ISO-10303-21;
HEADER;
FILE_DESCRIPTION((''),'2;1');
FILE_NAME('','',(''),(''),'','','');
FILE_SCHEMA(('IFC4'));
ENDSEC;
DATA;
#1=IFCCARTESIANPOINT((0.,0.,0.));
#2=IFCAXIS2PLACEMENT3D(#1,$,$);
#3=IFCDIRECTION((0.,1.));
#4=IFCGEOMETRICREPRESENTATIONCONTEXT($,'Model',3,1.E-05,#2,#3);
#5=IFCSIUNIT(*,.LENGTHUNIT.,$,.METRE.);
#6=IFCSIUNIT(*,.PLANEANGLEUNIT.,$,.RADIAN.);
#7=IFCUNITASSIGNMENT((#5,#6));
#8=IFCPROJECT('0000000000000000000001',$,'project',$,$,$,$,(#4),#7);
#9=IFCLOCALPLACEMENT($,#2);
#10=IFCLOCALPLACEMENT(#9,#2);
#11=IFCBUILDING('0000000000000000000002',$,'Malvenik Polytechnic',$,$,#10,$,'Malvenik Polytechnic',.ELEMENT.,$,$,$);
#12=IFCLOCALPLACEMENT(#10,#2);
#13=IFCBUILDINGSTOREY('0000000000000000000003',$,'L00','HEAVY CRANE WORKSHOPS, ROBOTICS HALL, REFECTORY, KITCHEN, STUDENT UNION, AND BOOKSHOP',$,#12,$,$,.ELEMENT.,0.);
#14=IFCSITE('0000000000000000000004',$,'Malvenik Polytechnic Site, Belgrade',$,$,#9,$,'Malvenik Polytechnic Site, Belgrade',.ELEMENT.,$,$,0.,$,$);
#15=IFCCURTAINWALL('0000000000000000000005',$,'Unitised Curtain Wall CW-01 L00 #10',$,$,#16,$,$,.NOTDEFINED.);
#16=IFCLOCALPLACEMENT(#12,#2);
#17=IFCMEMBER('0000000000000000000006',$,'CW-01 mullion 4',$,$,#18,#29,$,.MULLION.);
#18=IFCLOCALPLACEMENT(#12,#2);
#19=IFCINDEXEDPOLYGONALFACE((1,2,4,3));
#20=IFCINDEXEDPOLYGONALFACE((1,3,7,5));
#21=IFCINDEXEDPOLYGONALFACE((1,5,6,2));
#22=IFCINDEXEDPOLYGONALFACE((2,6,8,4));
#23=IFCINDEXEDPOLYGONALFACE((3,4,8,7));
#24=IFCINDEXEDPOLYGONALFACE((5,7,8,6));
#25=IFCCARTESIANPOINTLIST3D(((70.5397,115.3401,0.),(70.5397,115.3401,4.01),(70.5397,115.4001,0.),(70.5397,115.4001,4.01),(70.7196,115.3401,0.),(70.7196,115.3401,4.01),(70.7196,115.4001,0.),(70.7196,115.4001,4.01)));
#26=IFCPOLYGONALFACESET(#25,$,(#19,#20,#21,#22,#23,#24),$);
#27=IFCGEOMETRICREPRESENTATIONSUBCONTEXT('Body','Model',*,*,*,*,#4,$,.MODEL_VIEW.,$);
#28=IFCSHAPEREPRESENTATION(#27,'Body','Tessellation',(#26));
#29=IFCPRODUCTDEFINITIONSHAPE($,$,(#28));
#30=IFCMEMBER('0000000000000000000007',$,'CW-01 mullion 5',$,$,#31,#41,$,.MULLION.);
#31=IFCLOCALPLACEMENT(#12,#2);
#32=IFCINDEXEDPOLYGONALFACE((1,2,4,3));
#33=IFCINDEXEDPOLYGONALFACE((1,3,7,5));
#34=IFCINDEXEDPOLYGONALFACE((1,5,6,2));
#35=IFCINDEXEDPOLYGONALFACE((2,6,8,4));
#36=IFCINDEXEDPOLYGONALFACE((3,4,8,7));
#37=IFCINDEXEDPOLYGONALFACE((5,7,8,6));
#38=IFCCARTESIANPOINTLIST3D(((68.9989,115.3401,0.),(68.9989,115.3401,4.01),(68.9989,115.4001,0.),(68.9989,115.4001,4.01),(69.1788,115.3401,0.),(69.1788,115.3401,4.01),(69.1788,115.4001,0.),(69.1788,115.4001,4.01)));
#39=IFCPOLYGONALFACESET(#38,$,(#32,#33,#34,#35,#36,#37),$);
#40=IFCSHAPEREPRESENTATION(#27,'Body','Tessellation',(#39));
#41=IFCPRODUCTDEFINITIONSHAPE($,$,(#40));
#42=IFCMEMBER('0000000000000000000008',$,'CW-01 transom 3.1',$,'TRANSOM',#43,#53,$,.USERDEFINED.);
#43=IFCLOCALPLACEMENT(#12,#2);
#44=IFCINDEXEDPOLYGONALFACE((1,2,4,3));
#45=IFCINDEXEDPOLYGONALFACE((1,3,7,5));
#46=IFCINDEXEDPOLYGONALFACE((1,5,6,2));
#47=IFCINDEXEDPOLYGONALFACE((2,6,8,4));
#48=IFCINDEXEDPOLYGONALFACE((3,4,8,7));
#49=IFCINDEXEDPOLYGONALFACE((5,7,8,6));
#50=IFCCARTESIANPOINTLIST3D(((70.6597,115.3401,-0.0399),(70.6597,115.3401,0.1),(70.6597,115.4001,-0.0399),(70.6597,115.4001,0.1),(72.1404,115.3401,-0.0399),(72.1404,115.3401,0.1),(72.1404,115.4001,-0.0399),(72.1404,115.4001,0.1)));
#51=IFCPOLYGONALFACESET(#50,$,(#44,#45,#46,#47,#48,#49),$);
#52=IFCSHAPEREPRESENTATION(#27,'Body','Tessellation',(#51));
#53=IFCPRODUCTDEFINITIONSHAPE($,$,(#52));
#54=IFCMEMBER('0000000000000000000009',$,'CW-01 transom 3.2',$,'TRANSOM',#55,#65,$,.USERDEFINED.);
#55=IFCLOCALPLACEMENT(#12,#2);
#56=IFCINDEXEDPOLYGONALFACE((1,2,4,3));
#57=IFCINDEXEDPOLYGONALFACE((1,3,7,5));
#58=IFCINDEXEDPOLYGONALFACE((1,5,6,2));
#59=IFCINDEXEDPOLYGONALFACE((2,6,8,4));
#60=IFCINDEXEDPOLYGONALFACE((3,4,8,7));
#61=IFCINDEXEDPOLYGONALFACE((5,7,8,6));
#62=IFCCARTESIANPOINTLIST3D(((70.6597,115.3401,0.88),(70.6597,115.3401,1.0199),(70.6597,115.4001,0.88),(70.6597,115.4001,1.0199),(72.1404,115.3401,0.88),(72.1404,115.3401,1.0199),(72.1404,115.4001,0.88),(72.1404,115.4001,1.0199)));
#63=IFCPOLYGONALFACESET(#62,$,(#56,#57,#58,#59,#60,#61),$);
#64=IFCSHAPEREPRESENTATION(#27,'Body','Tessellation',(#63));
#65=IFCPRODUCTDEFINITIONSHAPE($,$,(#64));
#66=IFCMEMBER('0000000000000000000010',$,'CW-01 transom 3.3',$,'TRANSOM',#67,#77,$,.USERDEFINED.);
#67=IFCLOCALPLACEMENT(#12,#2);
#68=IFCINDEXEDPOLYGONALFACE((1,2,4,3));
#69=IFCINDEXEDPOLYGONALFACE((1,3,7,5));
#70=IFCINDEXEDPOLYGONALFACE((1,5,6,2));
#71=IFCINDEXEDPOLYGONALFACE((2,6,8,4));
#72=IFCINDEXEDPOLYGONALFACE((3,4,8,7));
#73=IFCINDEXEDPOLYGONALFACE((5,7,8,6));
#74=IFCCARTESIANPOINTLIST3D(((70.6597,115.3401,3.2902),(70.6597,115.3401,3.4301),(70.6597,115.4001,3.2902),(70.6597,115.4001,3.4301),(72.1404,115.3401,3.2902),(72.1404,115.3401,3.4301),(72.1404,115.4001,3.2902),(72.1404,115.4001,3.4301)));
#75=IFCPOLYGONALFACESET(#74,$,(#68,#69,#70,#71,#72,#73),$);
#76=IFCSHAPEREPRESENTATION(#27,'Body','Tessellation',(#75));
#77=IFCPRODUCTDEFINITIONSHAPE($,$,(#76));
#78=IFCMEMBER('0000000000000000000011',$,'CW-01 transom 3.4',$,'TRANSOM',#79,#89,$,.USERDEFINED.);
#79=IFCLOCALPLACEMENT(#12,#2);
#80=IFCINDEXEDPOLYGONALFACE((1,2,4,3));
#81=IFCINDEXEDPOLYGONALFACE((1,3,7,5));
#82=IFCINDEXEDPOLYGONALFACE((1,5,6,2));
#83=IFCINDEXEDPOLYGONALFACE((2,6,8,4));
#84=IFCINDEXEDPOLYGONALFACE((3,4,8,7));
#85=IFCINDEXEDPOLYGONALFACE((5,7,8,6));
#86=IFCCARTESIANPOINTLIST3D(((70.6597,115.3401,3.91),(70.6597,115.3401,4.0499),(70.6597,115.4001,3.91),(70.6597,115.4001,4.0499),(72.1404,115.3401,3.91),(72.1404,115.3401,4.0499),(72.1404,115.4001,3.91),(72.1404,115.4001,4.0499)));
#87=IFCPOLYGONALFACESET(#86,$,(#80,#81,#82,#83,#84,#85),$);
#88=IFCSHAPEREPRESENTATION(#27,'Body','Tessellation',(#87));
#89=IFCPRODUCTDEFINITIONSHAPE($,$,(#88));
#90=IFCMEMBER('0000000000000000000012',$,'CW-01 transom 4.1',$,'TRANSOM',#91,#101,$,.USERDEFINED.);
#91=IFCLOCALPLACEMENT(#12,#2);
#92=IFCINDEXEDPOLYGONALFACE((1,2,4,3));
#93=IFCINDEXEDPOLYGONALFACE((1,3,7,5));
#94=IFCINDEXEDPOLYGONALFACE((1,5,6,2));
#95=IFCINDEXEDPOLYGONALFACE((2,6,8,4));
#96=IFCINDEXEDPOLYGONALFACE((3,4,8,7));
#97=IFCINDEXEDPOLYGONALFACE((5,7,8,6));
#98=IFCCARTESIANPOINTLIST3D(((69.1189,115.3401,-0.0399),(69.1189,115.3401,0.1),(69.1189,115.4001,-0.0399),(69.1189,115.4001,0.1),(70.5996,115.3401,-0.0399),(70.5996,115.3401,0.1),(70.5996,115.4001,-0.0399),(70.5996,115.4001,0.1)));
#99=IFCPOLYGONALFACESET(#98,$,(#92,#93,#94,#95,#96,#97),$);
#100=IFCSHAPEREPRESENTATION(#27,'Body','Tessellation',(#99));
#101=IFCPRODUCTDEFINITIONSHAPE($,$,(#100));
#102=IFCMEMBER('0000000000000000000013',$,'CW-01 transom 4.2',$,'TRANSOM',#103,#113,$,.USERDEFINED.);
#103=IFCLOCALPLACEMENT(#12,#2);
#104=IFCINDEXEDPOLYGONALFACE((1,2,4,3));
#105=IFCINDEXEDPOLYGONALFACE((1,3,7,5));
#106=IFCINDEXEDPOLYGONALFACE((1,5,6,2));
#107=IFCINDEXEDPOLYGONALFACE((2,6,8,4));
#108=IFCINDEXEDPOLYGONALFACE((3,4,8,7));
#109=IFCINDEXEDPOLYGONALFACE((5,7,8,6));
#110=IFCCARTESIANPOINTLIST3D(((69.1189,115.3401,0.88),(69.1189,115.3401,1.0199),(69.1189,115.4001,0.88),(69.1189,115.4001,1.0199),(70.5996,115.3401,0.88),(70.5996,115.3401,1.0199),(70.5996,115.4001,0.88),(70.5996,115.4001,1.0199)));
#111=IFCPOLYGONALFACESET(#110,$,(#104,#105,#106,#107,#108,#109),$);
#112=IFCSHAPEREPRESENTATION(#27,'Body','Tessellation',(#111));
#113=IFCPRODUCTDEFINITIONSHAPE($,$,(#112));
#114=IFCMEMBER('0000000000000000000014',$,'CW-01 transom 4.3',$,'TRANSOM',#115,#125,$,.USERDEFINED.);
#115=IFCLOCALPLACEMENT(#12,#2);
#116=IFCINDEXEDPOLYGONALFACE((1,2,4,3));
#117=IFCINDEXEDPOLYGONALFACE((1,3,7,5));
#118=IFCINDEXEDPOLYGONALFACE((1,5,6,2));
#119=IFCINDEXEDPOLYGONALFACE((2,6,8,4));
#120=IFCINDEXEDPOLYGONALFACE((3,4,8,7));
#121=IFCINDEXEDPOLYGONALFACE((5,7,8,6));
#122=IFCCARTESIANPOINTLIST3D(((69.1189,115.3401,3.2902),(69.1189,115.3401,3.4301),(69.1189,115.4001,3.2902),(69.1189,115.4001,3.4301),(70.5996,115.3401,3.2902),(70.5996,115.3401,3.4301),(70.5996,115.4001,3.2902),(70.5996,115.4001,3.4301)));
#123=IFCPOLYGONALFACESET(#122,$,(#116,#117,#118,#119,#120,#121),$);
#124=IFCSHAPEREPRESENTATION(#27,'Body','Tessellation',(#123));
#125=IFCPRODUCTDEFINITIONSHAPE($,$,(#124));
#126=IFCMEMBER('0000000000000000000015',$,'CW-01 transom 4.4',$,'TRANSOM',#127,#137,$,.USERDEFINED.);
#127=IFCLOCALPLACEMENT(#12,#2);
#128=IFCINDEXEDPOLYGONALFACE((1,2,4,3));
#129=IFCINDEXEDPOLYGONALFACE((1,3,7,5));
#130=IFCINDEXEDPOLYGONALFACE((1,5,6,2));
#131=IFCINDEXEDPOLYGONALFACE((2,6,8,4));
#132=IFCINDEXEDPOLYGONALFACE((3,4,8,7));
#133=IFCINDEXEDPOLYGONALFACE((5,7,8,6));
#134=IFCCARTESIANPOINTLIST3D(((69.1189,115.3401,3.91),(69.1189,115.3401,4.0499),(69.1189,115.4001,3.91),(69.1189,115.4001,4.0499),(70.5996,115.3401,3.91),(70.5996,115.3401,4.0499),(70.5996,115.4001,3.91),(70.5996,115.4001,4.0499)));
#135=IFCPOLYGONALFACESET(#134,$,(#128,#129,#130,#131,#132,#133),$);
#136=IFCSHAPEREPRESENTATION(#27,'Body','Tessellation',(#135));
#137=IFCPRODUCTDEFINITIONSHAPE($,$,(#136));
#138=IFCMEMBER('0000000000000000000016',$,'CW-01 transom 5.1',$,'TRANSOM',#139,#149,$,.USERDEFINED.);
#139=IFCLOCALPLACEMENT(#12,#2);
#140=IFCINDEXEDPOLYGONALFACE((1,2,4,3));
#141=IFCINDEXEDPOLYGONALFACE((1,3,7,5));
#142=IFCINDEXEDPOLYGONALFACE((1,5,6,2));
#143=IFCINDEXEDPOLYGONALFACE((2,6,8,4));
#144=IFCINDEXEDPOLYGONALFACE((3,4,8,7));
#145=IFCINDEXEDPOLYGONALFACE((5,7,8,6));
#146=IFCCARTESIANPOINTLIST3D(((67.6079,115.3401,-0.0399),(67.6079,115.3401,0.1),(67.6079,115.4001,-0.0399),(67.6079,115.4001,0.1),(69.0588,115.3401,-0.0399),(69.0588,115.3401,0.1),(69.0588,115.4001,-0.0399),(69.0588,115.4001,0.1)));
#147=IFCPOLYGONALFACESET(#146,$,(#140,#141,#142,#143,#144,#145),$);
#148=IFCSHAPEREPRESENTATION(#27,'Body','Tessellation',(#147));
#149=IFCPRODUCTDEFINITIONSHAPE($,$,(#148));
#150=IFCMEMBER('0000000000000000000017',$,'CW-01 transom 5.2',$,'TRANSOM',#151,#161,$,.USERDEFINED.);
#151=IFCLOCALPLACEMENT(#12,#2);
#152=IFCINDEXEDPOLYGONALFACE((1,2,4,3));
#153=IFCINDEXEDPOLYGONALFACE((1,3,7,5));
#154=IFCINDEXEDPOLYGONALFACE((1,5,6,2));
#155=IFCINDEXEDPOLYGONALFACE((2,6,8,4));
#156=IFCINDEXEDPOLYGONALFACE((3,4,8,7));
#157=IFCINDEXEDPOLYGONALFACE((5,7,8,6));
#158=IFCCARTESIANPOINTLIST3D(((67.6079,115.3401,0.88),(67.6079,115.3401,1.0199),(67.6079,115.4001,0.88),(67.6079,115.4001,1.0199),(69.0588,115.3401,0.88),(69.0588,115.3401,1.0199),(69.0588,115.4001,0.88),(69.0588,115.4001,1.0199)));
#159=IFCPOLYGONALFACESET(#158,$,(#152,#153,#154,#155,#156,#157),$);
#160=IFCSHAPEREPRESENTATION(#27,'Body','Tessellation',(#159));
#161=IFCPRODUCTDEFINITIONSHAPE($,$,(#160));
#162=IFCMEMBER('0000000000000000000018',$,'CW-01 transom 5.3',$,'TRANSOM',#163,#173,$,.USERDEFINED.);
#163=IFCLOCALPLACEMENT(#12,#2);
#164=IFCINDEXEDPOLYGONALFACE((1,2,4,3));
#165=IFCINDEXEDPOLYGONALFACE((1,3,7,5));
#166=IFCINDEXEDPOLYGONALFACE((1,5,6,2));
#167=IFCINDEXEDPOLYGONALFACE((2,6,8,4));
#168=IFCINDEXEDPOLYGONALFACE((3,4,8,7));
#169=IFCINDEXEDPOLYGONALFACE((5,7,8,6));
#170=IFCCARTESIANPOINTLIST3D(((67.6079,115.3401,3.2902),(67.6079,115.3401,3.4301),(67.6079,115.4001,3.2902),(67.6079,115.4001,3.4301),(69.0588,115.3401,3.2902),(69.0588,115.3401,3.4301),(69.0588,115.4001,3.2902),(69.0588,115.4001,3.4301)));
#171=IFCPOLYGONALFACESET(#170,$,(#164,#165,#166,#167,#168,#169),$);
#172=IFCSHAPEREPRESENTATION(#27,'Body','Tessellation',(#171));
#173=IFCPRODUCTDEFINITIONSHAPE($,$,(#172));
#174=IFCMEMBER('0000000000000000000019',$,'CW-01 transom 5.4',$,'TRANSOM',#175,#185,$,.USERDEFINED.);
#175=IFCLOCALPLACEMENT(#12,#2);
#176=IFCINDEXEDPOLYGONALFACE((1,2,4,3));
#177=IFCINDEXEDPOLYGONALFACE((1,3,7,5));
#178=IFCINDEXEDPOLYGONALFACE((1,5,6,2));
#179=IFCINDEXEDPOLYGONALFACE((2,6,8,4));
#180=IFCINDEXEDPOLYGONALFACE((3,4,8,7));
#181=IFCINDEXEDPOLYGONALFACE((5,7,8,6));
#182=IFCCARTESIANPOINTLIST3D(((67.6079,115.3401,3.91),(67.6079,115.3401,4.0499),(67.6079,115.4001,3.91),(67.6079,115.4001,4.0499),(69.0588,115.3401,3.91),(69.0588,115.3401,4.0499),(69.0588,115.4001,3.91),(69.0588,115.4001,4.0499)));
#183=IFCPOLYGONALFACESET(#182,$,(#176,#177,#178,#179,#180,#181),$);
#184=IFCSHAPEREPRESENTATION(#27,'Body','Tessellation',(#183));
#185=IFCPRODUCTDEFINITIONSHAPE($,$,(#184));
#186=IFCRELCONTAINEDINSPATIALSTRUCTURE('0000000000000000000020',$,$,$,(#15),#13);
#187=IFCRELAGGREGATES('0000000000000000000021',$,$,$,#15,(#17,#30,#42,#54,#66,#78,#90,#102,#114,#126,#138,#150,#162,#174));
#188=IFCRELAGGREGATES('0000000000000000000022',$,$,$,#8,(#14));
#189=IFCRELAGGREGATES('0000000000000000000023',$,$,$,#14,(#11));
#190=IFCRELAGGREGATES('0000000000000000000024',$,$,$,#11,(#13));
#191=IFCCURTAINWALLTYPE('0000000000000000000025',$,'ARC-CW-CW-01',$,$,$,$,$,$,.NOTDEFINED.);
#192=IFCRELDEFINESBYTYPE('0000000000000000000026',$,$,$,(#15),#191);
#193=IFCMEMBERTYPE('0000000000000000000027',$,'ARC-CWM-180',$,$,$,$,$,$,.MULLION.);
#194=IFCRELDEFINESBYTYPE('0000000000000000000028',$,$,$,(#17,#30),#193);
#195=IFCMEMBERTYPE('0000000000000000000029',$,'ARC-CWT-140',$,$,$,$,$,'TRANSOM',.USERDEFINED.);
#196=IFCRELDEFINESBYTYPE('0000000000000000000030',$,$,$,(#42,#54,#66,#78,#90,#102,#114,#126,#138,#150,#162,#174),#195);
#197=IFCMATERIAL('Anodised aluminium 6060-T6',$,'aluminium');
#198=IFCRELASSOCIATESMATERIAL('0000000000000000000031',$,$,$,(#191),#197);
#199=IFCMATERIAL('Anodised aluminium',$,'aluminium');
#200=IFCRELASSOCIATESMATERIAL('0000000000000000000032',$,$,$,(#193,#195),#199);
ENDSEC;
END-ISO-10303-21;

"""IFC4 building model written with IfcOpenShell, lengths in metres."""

from ifc_helpers import new_model, si_unit, direction, frame, origin, origin_2d, place, context, subcontext, project, spatial, rectangle, extrude, material, material_profile, profile_set, type_object, element, aggregate, save


model = new_model("IFC4")

# Units and contexts
model_context = context("Model", 3, precision=1e-05, world=origin(), true_north=direction((0.0, 1.0)))
body_context = subcontext(model_context, "Body", "Model", "MODEL_VIEW")
ifc_project = project(units=[si_unit("LENGTHUNIT", "METRE"), si_unit("PLANEANGLEUNIT", "RADIAN")], contexts=[model_context])

# Site, building, storey
site_placement = place(None, origin())
site = spatial("IfcSite", under=ifc_project, at=site_placement, Name="Malvenik Polytechnic Site, Belgrade", LongName="Malvenik Polytechnic Site, Belgrade", CompositionType="ELEMENT", RefElevation=0.0)
building_placement = place(site_placement, origin())
building = spatial("IfcBuilding", under=site, at=building_placement, Name="Malvenik Polytechnic", LongName="Malvenik Polytechnic", CompositionType="ELEMENT")
storey_placement = place(building_placement, origin())
storey = spatial("IfcBuildingStorey", under=building, at=storey_placement, Name="L00", Description="HEAVY CRANE WORKSHOPS, ROBOTICS HALL, REFECTORY, KITCHEN, STUDENT UNION, AND BOOKSHOP", CompositionType="ELEMENT", Elevation=0.0)

# Curtain wall, members
ifc_material_1 = material(Name="Anodised aluminium 6060-T6", Category="aluminium")
curtain_wall_type = type_object("IfcCurtainWallType", Name="ARC-CW-CW-01", PredefinedType="NOTDEFINED", material=ifc_material_1)
curtain_wall_placement = place(storey_placement, origin())
curtain_wall = element("IfcCurtainWall", 1, at=curtain_wall_placement, inside=storey, type_object=curtain_wall_type, Name="Unitised Curtain Wall CW-01 L00 #10", PredefinedType="NOTDEFINED")
ifc_material_2 = material(Name="Anodised aluminium", Category="aluminium")
ifc_material_profile_1 = material_profile(ifc_material_2, rectangle(XDim=0.0601, YDim=0.1799, at=origin_2d()), Name="ALU MULLION 60x180")
ifc_profile_set_1 = profile_set([ifc_material_profile_1], Name="Anodised aluminium")
member_type_1 = type_object("IfcMemberType", Name="ARC-CWM-180", PredefinedType="MULLION", material=ifc_profile_set_1)
member_1_placement = place(storey_placement, frame((70.6296, 115.3701, 0.0), z_axis=(0.0, 0.0, 1.0), x_axis=(0.0, -1.0, 0.0)))
member_1 = element("IfcMember", 2, at=member_1_placement, type_object=member_type_1, Name="CW-01 mullion 4", PredefinedType="MULLION", context=body_context, shape_type="SweptSolid", body=[
    extrude(rectangle(XDim=0.0601, YDim=0.1799, at=origin_2d()), origin(), (0.0, 0.0, 1.0), 4.01),
])
member_2_placement = place(storey_placement, frame((69.0889, 115.3701, 0.0), z_axis=(0.0, 0.0, 1.0), x_axis=(0.0, -1.0, 0.0)))
member_2 = element("IfcMember", 3, at=member_2_placement, type_object=member_type_1, Name="CW-01 mullion 5", PredefinedType="MULLION", context=body_context, shape_type="SweptSolid", body=[
    extrude(rectangle(XDim=0.0601, YDim=0.1799, at=origin_2d()), origin(), (0.0, 0.0, 1.0), 4.01),
])
ifc_material_profile_2 = material_profile(ifc_material_2, rectangle(XDim=0.0601, YDim=0.1399, at=origin_2d()), Name="ALU TRANSOM 60x140")
ifc_profile_set_2 = profile_set([ifc_material_profile_2], Name="Anodised aluminium")
member_type_2 = type_object("IfcMemberType", Name="ARC-CWT-140", ElementType="TRANSOM", PredefinedType="USERDEFINED", material=ifc_profile_set_2)
member_3_placement = place(storey_placement, frame((72.1404, 115.3701, 0.03), z_axis=(-1.0, 0.0, 0.0), x_axis=(0.0, -1.0, 0.0)))
member_3 = element("IfcMember", 4, at=member_3_placement, type_object=member_type_2, Name="CW-01 transom 3.1", ObjectType="TRANSOM", PredefinedType="USERDEFINED", context=body_context, shape_type="SweptSolid", body=[
    extrude(rectangle(XDim=0.0601, YDim=0.1399, at=origin_2d()), origin(), (0.0, 0.0, 1.0), 1.4807),
])
member_4_placement = place(storey_placement, frame((72.1404, 115.3701, 0.95), z_axis=(-1.0, 0.0, 0.0), x_axis=(0.0, -1.0, 0.0)))
member_4 = element("IfcMember", 5, at=member_4_placement, type_object=member_type_2, Name="CW-01 transom 3.2", ObjectType="TRANSOM", PredefinedType="USERDEFINED", context=body_context, shape_type="SweptSolid", body=[
    extrude(rectangle(XDim=0.0601, YDim=0.1399, at=origin_2d()), origin(), (0.0, 0.0, 1.0), 1.4807),
])
member_5_placement = place(storey_placement, frame((72.1404, 115.3701, 3.3601), z_axis=(-1.0, 0.0, 0.0), x_axis=(0.0, -1.0, 0.0)))
member_5 = element("IfcMember", 6, at=member_5_placement, type_object=member_type_2, Name="CW-01 transom 3.3", ObjectType="TRANSOM", PredefinedType="USERDEFINED", context=body_context, shape_type="SweptSolid", body=[
    extrude(rectangle(XDim=0.0601, YDim=0.1399, at=origin_2d()), origin(), (0.0, 0.0, 1.0), 1.4807),
])
member_6_placement = place(storey_placement, frame((72.1404, 115.3701, 3.98), z_axis=(-1.0, 0.0, 0.0), x_axis=(0.0, -1.0, 0.0)))
member_6 = element("IfcMember", 7, at=member_6_placement, type_object=member_type_2, Name="CW-01 transom 3.4", ObjectType="TRANSOM", PredefinedType="USERDEFINED", context=body_context, shape_type="SweptSolid", body=[
    extrude(rectangle(XDim=0.0601, YDim=0.1399, at=origin_2d()), origin(), (0.0, 0.0, 1.0), 1.4807),
])
member_7_placement = place(storey_placement, frame((70.5996, 115.3701, 0.03), z_axis=(-1.0, 0.0, 0.0), x_axis=(0.0, -1.0, 0.0)))
member_7 = element("IfcMember", 8, at=member_7_placement, type_object=member_type_2, Name="CW-01 transom 4.1", ObjectType="TRANSOM", PredefinedType="USERDEFINED", context=body_context, shape_type="SweptSolid", body=[
    extrude(rectangle(XDim=0.0601, YDim=0.1399, at=origin_2d()), origin(), (0.0, 0.0, 1.0), 1.4807),
])
member_8_placement = place(storey_placement, frame((70.5996, 115.3701, 0.95), z_axis=(-1.0, 0.0, 0.0), x_axis=(0.0, -1.0, 0.0)))
member_8 = element("IfcMember", 9, at=member_8_placement, type_object=member_type_2, Name="CW-01 transom 4.2", ObjectType="TRANSOM", PredefinedType="USERDEFINED", context=body_context, shape_type="SweptSolid", body=[
    extrude(rectangle(XDim=0.0601, YDim=0.1399, at=origin_2d()), origin(), (0.0, 0.0, 1.0), 1.4807),
])
member_9_placement = place(storey_placement, frame((70.5996, 115.3701, 3.3601), z_axis=(-1.0, 0.0, 0.0), x_axis=(0.0, -1.0, 0.0)))
member_9 = element("IfcMember", 10, at=member_9_placement, type_object=member_type_2, Name="CW-01 transom 4.3", ObjectType="TRANSOM", PredefinedType="USERDEFINED", context=body_context, shape_type="SweptSolid", body=[
    extrude(rectangle(XDim=0.0601, YDim=0.1399, at=origin_2d()), origin(), (0.0, 0.0, 1.0), 1.4807),
])
member_10_placement = place(storey_placement, frame((70.5996, 115.3701, 3.98), z_axis=(-1.0, 0.0, 0.0), x_axis=(0.0, -1.0, 0.0)))
member_10 = element("IfcMember", 11, at=member_10_placement, type_object=member_type_2, Name="CW-01 transom 4.4", ObjectType="TRANSOM", PredefinedType="USERDEFINED", context=body_context, shape_type="SweptSolid", body=[
    extrude(rectangle(XDim=0.0601, YDim=0.1399, at=origin_2d()), origin(), (0.0, 0.0, 1.0), 1.4807),
])
member_11_placement = place(storey_placement, frame((69.0588, 115.3701, 0.03), z_axis=(-1.0, 0.0, 0.0), x_axis=(0.0, -1.0, 0.0)))
member_11 = element("IfcMember", 12, at=member_11_placement, type_object=member_type_2, Name="CW-01 transom 5.1", ObjectType="TRANSOM", PredefinedType="USERDEFINED", context=body_context, shape_type="SweptSolid", body=[
    extrude(rectangle(XDim=0.0601, YDim=0.1399, at=origin_2d()), origin(), (0.0, 0.0, 1.0), 1.4509),
])
member_12_placement = place(storey_placement, frame((69.0588, 115.3701, 0.95), z_axis=(-1.0, 0.0, 0.0), x_axis=(0.0, -1.0, 0.0)))
member_12 = element("IfcMember", 13, at=member_12_placement, type_object=member_type_2, Name="CW-01 transom 5.2", ObjectType="TRANSOM", PredefinedType="USERDEFINED", context=body_context, shape_type="SweptSolid", body=[
    extrude(rectangle(XDim=0.0601, YDim=0.1399, at=origin_2d()), origin(), (0.0, 0.0, 1.0), 1.4509),
])
member_13_placement = place(storey_placement, frame((69.0588, 115.3701, 3.3601), z_axis=(-1.0, 0.0, 0.0), x_axis=(0.0, -1.0, 0.0)))
member_13 = element("IfcMember", 14, at=member_13_placement, type_object=member_type_2, Name="CW-01 transom 5.3", ObjectType="TRANSOM", PredefinedType="USERDEFINED", context=body_context, shape_type="SweptSolid", body=[
    extrude(rectangle(XDim=0.0601, YDim=0.1399, at=origin_2d()), origin(), (0.0, 0.0, 1.0), 1.4509),
])
member_14_placement = place(storey_placement, frame((69.0588, 115.3701, 3.98), z_axis=(-1.0, 0.0, 0.0), x_axis=(0.0, -1.0, 0.0)))
member_14 = element("IfcMember", 15, at=member_14_placement, type_object=member_type_2, Name="CW-01 transom 5.4", ObjectType="TRANSOM", PredefinedType="USERDEFINED", context=body_context, shape_type="SweptSolid", body=[
    extrude(rectangle(XDim=0.0601, YDim=0.1399, at=origin_2d()), origin(), (0.0, 0.0, 1.0), 1.4509),
])
aggregate(curtain_wall, [member_1, member_2, member_3, member_4, member_5, member_6, member_7, member_8, member_9, member_10, member_11, member_12, member_13, member_14])

save(model, "model.ifc")
